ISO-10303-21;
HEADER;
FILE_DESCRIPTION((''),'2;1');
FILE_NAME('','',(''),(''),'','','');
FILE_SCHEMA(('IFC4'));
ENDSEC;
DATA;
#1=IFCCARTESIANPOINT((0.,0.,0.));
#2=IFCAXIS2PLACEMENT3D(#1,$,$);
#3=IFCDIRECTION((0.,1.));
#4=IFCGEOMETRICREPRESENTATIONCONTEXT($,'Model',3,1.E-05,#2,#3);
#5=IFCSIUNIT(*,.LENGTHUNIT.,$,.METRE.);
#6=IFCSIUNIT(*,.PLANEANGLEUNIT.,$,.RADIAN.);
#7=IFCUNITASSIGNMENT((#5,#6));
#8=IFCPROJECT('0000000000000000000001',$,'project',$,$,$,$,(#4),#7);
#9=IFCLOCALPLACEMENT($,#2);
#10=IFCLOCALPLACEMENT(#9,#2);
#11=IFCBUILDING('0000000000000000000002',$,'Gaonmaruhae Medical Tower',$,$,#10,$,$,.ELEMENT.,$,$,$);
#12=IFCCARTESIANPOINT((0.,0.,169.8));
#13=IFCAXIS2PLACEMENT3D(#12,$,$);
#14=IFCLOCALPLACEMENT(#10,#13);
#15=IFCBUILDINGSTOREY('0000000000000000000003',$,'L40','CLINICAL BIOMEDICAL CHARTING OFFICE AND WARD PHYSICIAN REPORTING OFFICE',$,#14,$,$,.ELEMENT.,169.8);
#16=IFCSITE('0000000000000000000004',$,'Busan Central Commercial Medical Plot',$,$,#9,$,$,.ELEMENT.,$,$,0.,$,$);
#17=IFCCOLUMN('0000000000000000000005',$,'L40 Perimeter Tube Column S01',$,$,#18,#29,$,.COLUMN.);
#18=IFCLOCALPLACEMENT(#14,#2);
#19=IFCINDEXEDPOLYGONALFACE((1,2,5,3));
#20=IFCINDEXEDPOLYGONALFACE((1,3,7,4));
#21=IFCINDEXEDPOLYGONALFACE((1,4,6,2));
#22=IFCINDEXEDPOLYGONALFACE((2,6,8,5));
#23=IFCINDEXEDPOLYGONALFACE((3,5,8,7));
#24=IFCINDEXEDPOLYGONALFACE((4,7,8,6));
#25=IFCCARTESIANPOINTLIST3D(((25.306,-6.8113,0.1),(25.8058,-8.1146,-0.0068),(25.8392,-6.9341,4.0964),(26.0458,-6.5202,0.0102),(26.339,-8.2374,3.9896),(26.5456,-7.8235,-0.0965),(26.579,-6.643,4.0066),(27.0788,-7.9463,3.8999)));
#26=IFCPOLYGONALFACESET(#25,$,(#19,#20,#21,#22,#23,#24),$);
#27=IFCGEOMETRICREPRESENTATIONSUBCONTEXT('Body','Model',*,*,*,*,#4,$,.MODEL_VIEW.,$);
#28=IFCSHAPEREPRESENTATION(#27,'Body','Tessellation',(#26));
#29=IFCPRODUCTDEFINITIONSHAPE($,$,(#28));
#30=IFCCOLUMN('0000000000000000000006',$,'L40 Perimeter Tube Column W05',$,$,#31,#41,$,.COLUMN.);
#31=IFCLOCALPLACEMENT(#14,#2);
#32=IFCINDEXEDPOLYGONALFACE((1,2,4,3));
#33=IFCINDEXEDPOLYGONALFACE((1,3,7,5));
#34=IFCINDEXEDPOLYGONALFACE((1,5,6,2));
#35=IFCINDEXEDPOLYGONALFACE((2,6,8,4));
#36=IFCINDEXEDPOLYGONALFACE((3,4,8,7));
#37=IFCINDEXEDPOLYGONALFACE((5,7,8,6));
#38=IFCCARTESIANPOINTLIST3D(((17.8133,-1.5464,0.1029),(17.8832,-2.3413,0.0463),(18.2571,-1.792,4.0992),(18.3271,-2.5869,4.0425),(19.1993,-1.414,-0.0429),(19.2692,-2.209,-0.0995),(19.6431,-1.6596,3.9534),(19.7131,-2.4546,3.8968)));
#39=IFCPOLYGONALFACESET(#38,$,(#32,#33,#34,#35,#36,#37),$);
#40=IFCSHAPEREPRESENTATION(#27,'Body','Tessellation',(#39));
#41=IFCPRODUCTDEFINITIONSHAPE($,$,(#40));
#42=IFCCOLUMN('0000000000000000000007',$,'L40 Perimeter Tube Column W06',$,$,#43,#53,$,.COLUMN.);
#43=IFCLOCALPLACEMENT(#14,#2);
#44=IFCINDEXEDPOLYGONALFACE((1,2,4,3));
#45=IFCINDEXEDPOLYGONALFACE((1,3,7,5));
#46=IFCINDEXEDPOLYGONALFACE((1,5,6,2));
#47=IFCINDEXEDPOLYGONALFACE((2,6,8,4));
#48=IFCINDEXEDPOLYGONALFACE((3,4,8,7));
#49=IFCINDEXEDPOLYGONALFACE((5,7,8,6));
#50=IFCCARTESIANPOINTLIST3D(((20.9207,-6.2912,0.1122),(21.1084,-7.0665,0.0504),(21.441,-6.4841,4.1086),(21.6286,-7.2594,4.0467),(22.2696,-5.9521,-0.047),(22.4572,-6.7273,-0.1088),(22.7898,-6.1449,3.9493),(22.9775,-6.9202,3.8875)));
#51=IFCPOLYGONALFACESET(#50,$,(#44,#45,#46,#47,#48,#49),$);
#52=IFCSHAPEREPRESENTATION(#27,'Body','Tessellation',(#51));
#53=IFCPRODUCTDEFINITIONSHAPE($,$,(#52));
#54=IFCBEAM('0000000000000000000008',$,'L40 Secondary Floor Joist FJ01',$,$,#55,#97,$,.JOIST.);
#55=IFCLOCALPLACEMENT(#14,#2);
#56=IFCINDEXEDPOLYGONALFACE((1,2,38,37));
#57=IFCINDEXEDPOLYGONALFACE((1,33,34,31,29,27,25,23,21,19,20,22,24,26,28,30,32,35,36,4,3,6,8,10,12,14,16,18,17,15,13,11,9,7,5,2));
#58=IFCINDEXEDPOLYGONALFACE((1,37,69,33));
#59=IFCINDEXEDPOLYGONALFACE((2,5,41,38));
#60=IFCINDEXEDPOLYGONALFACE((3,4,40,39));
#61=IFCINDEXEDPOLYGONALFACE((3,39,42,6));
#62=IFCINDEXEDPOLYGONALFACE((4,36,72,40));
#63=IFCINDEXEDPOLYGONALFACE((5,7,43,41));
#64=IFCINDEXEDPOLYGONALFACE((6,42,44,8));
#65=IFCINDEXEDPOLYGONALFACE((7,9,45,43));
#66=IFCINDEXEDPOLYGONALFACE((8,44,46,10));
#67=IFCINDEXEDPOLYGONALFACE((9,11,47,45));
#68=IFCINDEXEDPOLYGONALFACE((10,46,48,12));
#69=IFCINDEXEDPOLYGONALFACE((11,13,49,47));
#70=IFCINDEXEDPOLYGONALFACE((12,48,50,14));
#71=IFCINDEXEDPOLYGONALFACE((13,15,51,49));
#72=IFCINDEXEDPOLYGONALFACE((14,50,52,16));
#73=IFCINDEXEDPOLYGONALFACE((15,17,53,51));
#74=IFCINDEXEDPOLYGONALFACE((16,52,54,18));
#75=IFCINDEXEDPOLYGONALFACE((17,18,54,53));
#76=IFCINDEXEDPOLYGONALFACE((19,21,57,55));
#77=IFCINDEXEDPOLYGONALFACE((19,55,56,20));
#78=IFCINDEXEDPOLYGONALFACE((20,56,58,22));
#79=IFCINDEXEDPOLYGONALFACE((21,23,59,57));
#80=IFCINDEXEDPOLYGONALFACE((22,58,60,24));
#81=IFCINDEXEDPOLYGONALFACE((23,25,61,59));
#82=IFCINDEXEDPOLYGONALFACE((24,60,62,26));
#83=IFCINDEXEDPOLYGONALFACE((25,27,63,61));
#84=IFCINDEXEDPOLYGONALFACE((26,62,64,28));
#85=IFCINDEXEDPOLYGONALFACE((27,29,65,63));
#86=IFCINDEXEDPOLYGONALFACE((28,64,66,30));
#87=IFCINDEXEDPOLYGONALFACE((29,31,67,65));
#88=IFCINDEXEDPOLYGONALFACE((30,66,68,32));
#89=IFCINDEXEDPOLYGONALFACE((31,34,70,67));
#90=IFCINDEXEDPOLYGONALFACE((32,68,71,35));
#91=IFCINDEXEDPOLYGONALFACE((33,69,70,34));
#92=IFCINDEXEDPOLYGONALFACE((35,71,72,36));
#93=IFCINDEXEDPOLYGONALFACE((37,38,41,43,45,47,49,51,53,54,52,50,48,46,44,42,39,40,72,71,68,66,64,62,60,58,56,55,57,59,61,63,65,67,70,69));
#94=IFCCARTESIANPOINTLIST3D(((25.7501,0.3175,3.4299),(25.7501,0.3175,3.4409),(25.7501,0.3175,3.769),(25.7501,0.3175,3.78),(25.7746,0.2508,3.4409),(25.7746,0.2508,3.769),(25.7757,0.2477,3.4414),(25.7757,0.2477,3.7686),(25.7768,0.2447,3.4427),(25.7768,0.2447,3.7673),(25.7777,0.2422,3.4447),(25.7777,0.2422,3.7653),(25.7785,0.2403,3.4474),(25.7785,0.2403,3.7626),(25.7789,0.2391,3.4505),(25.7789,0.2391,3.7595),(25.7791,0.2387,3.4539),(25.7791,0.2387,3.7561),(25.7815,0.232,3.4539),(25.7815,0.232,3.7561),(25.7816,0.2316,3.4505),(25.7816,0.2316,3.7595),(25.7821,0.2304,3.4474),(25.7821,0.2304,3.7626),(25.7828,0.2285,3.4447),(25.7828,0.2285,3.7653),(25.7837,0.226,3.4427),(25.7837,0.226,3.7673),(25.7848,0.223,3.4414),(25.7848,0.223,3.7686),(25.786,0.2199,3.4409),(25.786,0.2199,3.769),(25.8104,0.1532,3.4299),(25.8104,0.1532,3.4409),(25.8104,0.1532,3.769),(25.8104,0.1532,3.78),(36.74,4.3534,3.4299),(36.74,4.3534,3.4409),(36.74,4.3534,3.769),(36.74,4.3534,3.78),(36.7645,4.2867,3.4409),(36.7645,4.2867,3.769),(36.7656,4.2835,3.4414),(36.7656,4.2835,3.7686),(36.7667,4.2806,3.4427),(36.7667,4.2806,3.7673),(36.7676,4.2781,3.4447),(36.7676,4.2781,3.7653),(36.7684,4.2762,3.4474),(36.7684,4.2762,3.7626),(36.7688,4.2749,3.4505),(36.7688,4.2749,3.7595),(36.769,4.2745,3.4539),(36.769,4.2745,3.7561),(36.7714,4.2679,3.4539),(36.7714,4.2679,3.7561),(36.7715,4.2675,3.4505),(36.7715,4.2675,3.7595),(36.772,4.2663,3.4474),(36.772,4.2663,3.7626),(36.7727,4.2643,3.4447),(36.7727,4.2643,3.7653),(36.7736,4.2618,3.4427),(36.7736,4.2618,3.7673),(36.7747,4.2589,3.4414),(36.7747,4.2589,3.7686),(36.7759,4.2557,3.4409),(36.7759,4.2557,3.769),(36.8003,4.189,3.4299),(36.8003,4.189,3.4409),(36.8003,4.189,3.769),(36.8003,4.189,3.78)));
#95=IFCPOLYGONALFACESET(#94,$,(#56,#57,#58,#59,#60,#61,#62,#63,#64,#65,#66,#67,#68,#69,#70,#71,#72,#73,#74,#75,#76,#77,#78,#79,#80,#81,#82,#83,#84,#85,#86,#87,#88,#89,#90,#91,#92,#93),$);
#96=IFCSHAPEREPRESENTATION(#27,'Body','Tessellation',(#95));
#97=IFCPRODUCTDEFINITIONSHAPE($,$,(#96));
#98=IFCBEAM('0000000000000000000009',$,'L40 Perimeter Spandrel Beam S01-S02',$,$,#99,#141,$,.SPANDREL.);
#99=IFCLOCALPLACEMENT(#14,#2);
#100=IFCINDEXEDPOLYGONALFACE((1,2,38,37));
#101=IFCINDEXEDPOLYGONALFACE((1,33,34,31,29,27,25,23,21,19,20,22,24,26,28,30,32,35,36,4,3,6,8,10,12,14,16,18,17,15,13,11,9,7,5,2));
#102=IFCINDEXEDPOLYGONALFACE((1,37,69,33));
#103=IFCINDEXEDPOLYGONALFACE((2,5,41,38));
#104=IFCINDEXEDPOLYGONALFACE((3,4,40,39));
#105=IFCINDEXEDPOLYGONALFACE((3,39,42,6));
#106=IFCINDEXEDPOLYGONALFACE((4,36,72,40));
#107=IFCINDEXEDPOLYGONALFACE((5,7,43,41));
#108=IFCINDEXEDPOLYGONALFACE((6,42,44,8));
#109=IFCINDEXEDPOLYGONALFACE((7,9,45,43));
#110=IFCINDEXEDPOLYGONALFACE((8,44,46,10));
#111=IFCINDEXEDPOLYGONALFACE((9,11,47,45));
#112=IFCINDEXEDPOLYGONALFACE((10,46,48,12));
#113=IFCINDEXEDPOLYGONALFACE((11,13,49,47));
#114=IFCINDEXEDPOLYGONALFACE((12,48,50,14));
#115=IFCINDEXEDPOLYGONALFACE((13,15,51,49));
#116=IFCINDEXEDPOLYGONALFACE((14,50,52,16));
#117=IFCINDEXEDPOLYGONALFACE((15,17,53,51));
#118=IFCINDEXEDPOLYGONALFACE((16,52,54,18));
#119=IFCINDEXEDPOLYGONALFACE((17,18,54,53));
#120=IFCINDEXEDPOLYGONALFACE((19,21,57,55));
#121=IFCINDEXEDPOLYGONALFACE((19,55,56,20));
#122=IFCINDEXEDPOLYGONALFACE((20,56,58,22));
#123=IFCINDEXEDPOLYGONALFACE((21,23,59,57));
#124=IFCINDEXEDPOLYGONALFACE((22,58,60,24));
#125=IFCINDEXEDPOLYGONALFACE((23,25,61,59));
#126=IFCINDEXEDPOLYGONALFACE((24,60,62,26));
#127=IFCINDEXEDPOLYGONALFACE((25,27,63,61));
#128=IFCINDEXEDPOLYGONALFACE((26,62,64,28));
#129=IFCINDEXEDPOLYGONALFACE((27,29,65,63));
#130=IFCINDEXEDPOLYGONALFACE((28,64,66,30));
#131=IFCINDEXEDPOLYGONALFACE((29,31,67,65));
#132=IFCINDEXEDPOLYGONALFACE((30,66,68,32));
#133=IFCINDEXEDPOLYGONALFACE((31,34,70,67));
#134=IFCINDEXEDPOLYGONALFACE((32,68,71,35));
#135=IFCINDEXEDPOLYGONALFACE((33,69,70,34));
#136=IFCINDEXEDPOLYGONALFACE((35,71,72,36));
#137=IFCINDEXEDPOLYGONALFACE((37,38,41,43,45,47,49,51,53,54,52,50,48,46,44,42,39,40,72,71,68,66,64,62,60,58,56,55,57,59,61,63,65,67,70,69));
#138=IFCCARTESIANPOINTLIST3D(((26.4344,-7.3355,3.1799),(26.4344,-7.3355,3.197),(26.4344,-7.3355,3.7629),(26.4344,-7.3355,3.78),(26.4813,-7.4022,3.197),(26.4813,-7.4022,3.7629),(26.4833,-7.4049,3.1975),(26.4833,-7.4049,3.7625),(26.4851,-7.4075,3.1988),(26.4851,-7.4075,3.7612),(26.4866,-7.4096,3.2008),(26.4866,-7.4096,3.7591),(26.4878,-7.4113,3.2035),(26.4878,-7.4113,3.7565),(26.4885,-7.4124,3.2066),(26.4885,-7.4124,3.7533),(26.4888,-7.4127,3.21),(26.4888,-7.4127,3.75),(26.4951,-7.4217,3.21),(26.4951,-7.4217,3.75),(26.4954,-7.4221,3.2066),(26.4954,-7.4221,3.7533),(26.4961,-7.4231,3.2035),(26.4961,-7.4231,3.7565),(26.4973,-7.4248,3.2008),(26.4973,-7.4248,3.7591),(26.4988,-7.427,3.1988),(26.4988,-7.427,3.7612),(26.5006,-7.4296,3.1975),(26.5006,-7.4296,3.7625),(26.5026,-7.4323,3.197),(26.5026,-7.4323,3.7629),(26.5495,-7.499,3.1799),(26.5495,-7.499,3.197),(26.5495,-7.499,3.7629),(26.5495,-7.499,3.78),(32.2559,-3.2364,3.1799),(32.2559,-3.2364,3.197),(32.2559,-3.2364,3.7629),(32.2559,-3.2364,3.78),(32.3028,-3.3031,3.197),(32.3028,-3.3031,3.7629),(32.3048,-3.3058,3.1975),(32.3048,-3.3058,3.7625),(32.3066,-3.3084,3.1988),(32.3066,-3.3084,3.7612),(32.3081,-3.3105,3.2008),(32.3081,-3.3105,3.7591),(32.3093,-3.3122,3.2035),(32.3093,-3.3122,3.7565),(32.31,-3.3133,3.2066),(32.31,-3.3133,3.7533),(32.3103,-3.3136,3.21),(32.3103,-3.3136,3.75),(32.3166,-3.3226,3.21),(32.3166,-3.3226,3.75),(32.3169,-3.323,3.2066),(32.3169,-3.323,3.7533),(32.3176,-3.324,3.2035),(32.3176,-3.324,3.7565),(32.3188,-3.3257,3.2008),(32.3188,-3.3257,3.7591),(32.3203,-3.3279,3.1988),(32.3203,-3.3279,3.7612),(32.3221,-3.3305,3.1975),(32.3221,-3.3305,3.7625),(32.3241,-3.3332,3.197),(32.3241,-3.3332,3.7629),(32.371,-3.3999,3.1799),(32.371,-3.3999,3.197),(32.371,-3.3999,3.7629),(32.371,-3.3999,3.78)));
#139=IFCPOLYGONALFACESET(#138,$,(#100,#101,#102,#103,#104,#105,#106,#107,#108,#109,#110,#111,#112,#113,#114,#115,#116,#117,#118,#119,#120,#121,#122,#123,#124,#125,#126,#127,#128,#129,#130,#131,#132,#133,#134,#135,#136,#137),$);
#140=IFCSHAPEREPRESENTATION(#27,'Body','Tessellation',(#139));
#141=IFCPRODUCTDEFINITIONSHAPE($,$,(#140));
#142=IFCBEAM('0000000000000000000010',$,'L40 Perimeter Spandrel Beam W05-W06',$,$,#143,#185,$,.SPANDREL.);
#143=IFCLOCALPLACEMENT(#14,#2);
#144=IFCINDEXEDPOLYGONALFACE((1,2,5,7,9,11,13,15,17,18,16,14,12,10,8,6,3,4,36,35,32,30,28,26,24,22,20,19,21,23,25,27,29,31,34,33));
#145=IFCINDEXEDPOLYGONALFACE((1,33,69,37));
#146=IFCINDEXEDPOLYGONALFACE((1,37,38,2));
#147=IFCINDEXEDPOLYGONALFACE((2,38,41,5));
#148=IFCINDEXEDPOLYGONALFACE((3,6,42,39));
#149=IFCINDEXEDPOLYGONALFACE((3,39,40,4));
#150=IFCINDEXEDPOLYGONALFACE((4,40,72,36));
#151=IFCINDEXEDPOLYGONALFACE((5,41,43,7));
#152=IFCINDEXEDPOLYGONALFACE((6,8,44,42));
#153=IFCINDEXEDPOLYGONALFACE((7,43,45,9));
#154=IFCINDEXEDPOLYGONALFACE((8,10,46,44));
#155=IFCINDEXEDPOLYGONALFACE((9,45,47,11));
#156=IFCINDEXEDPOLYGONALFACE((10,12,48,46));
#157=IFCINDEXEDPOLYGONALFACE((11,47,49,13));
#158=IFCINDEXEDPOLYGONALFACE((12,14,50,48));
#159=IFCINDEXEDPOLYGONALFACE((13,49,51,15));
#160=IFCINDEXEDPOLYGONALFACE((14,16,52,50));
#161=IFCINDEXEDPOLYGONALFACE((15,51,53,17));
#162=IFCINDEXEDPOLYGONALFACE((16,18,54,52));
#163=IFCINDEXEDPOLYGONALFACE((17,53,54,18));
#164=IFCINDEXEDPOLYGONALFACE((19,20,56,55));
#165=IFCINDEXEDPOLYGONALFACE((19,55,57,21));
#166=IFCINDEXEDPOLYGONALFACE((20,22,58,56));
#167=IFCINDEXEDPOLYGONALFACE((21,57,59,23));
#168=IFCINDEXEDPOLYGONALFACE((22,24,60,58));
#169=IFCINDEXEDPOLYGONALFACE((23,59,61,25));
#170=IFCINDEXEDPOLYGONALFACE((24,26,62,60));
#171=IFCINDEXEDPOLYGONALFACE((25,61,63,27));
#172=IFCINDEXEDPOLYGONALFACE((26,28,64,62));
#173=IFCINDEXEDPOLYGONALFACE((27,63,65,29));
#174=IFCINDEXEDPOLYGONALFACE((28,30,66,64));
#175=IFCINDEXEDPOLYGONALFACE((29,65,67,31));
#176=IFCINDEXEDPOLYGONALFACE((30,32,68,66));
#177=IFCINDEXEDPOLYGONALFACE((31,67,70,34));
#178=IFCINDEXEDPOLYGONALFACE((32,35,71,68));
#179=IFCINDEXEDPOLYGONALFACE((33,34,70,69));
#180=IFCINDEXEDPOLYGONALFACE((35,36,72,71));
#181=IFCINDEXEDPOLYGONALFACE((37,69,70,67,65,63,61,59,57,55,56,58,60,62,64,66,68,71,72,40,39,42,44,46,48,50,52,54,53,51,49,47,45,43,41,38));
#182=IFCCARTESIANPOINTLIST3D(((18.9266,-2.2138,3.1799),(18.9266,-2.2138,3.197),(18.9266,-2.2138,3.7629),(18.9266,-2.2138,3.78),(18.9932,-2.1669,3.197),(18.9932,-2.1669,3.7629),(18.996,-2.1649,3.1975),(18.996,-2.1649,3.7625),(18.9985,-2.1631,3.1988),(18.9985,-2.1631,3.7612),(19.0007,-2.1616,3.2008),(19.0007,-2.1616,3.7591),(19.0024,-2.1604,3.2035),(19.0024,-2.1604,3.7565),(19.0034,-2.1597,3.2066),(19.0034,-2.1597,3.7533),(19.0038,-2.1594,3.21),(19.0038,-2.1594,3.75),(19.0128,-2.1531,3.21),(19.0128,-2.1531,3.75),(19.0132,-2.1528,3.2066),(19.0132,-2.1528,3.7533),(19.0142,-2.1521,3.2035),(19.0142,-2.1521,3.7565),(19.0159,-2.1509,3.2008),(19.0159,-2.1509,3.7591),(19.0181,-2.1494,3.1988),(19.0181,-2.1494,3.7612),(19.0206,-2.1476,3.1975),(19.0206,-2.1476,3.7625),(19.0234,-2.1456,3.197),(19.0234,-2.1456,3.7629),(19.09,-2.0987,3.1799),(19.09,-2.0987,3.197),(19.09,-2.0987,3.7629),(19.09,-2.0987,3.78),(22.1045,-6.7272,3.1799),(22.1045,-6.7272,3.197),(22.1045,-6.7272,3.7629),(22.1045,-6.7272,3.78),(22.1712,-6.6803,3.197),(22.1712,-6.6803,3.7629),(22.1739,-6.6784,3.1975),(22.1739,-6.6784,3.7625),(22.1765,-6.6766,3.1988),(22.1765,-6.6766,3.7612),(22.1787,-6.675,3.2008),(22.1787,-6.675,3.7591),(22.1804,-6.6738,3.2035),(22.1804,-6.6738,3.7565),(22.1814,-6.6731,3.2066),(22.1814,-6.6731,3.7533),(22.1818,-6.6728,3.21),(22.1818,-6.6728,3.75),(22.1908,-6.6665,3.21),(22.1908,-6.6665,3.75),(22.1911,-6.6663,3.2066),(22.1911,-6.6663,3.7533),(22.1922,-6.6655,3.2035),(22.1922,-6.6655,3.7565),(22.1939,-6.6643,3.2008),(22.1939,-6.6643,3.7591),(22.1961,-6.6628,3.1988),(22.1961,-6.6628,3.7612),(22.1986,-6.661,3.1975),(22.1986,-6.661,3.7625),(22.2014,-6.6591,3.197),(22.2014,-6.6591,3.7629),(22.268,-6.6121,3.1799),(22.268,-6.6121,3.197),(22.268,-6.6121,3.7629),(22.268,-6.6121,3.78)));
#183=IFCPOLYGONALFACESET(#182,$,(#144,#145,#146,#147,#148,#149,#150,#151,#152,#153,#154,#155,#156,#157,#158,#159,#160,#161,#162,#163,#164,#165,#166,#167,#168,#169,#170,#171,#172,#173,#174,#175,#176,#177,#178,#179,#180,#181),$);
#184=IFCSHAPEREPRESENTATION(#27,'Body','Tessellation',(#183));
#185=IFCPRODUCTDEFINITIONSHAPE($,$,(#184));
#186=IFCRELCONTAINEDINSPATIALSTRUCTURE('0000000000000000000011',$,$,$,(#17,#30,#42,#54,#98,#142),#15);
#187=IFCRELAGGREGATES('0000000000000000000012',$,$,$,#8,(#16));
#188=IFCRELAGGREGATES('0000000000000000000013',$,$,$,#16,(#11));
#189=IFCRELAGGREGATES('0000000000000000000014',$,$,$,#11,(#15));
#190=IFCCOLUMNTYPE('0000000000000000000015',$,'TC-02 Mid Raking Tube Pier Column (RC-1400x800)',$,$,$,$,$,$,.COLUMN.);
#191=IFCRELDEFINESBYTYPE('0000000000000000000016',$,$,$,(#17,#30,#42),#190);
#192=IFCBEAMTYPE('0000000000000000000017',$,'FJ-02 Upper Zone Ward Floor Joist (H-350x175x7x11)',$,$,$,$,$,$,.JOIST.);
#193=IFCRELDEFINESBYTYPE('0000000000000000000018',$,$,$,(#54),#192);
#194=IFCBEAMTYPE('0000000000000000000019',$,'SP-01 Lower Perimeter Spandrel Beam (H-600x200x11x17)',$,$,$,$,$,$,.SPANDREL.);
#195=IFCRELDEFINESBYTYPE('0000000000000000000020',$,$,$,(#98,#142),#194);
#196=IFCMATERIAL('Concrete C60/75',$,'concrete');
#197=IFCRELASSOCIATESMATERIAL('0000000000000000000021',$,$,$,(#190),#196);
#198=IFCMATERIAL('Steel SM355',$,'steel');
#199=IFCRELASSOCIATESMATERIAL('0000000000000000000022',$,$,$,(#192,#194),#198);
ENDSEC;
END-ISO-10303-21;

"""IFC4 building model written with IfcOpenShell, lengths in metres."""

from ifc_helpers import new_model, si_unit, direction, frame, origin, origin_2d, place, context, subcontext, project, spatial, rectangle, i_section, extrude, material, material_profile, profile_set, type_object, element, save


model = new_model("IFC4")

# Units and contexts
model_context = context("Model", 3, precision=1e-05, world=origin(), true_north=direction((0.0, 1.0)))
body_context = subcontext(model_context, "Body", "Model", "MODEL_VIEW")
ifc_project = project(units=[si_unit("LENGTHUNIT", "METRE"), si_unit("PLANEANGLEUNIT", "RADIAN")], contexts=[model_context])

# Site, building, storey
site_placement = place(None, origin())
site = spatial("IfcSite", under=ifc_project, at=site_placement, Name="Busan Central Commercial Medical Plot", CompositionType="ELEMENT", RefElevation=0.0)
building_placement = place(site_placement, origin())
building = spatial("IfcBuilding", under=site, at=building_placement, Name="Gaonmaruhae Medical Tower", CompositionType="ELEMENT")
storey_placement = place(building_placement, frame((0.0, 0.0, 169.8)))
storey = spatial("IfcBuildingStorey", under=building, at=storey_placement, Name="L40", Description="CLINICAL BIOMEDICAL CHARTING OFFICE AND WARD PHYSICIAN REPORTING OFFICE", CompositionType="ELEMENT", Elevation=169.8)

# Columns
ifc_material_1 = material(Name="Concrete C60/75", Category="concrete")
ifc_material_profile_1 = material_profile(ifc_material_1, rectangle(XDim=1.3999, YDim=0.8, at=origin_2d()), Name="RC-1400x800")
ifc_profile_set_1 = profile_set([ifc_material_profile_1], Name="Concrete C60/75")
column_type = type_object("IfcColumnType", Name="TC-02 Mid Raking Tube Pier Column (RC-1400x800)", PredefinedType="COLUMN", material=ifc_profile_set_1)
column_1_placement = place(storey_placement, frame((25.9258, -7.3174, 0.0017), z_axis=(0.13219, -0.030445, 0.990757), x_axis=(-0.357055, 0.930966, 0.076247)))
element("IfcColumn", 1, at=column_1_placement, inside=storey, type_object=column_type, Name="L40 Perimeter Tube Column S01", PredefinedType="COLUMN", context=body_context, shape_type="SweptSolid", body=[
    extrude(rectangle(XDim=1.3999, YDim=0.8, at=origin_2d()), origin(), (0.0, 0.0, 1.0), 4.0337),
])
column_2_placement = place(storey_placement, frame((18.5413, -1.8777, 0.0017), z_axis=(0.11018, -0.060968, 0.99204), x_axis=(-0.990058, -0.094547, 0.104149)))
element("IfcColumn", 2, at=column_2_placement, inside=storey, type_object=column_type, Name="L40 Perimeter Tube Column W05", PredefinedType="COLUMN", context=body_context, shape_type="SweptSolid", body=[
    extrude(rectangle(XDim=1.3999, YDim=0.8, at=origin_2d()), origin(), (0.0, 0.0, 1.0), 4.0283),
])
column_3_placement = place(storey_placement, frame((21.689, -6.5093, 0.0017), z_axis=(0.128948, -0.047803, 0.990498), x_axis=(-0.963518, -0.242271, 0.113743)))
element("IfcColumn", 3, at=column_3_placement, inside=storey, type_object=column_type, Name="L40 Perimeter Tube Column W06", PredefinedType="COLUMN", context=body_context, shape_type="SweptSolid", body=[
    extrude(rectangle(XDim=1.3999, YDim=0.8, at=origin_2d()), origin(), (0.0, 0.0, 1.0), 4.0347),
])

# Beams
ifc_material_2 = material(Name="Steel SM355", Category="steel")
ifc_material_profile_2 = material_profile(ifc_material_2, i_section(OverallWidth=0.175, OverallDepth=0.3501, WebThickness=0.0071, FlangeThickness=0.011, FilletRadius=0.0129, at=origin_2d()), Name="H-350x175x7x11")
ifc_profile_set_2 = profile_set([ifc_material_profile_2], Name="Steel SM355")
beam_type_1 = type_object("IfcBeamType", Name="FJ-02 Upper Zone Ward Floor Joist (H-350x175x7x11)", PredefinedType="JOIST", material=ifc_profile_set_2)
beam_1_placement = place(storey_placement, frame((25.7803, 0.2354, 3.605), z_axis=(0.938704, 0.344723, 0.0), x_axis=(-0.344723, 0.938704, 0.0)))
element("IfcBeam", 4, at=beam_1_placement, inside=storey, type_object=beam_type_1, Name="L40 Secondary Floor Joist FJ01", PredefinedType="JOIST", context=body_context, shape_type="SweptSolid", body=[
    extrude(i_section(OverallWidth=0.175, OverallDepth=0.3501, WebThickness=0.0071, FlangeThickness=0.011, FilletRadius=0.0129, at=origin_2d()), origin(), (0.0, 0.0, 1.0), 11.7075),
])
ifc_material_profile_3 = material_profile(ifc_material_2, i_section(OverallWidth=0.2, OverallDepth=0.6001, WebThickness=0.011, FlangeThickness=0.0171, FilletRadius=0.0129, at=origin_2d()), Name="H-600x200x11x17")
ifc_profile_set_3 = profile_set([ifc_material_profile_3], Name="Steel SM355")
beam_type_2 = type_object("IfcBeamType", Name="SP-01 Lower Perimeter Spandrel Beam (H-600x200x11x17)", PredefinedType="SPANDREL", material=ifc_profile_set_3)
beam_2_placement = place(storey_placement, frame((26.4919, -7.4172, 3.48), z_axis=(0.817642, 0.575727, 0.0), x_axis=(-0.575727, 0.817642, 0.0)))
element("IfcBeam", 5, at=beam_2_placement, inside=storey, type_object=beam_type_2, Name="L40 Perimeter Spandrel Beam S01-S02", PredefinedType="SPANDREL", context=body_context, shape_type="SweptSolid", body=[
    extrude(i_section(OverallWidth=0.2, OverallDepth=0.6001, WebThickness=0.011, FlangeThickness=0.0171, FilletRadius=0.0129, at=origin_2d()), origin(), (0.0, 0.0, 1.0), 7.1199),
])
beam_3_placement = place(storey_placement, frame((19.0083, -2.1562, 3.48), z_axis=(0.575719, -0.817648, 0.0), x_axis=(0.817648, 0.575719, 0.0)))
element("IfcBeam", 6, at=beam_3_placement, inside=storey, type_object=beam_type_2, Name="L40 Perimeter Spandrel Beam W05-W06", PredefinedType="SPANDREL", context=body_context, shape_type="SweptSolid", body=[
    extrude(i_section(OverallWidth=0.2, OverallDepth=0.6001, WebThickness=0.011, FlangeThickness=0.0171, FilletRadius=0.0129, at=origin_2d()), origin(), (0.0, 0.0, 1.0), 5.52),
])

save(model, "model.ifc")
